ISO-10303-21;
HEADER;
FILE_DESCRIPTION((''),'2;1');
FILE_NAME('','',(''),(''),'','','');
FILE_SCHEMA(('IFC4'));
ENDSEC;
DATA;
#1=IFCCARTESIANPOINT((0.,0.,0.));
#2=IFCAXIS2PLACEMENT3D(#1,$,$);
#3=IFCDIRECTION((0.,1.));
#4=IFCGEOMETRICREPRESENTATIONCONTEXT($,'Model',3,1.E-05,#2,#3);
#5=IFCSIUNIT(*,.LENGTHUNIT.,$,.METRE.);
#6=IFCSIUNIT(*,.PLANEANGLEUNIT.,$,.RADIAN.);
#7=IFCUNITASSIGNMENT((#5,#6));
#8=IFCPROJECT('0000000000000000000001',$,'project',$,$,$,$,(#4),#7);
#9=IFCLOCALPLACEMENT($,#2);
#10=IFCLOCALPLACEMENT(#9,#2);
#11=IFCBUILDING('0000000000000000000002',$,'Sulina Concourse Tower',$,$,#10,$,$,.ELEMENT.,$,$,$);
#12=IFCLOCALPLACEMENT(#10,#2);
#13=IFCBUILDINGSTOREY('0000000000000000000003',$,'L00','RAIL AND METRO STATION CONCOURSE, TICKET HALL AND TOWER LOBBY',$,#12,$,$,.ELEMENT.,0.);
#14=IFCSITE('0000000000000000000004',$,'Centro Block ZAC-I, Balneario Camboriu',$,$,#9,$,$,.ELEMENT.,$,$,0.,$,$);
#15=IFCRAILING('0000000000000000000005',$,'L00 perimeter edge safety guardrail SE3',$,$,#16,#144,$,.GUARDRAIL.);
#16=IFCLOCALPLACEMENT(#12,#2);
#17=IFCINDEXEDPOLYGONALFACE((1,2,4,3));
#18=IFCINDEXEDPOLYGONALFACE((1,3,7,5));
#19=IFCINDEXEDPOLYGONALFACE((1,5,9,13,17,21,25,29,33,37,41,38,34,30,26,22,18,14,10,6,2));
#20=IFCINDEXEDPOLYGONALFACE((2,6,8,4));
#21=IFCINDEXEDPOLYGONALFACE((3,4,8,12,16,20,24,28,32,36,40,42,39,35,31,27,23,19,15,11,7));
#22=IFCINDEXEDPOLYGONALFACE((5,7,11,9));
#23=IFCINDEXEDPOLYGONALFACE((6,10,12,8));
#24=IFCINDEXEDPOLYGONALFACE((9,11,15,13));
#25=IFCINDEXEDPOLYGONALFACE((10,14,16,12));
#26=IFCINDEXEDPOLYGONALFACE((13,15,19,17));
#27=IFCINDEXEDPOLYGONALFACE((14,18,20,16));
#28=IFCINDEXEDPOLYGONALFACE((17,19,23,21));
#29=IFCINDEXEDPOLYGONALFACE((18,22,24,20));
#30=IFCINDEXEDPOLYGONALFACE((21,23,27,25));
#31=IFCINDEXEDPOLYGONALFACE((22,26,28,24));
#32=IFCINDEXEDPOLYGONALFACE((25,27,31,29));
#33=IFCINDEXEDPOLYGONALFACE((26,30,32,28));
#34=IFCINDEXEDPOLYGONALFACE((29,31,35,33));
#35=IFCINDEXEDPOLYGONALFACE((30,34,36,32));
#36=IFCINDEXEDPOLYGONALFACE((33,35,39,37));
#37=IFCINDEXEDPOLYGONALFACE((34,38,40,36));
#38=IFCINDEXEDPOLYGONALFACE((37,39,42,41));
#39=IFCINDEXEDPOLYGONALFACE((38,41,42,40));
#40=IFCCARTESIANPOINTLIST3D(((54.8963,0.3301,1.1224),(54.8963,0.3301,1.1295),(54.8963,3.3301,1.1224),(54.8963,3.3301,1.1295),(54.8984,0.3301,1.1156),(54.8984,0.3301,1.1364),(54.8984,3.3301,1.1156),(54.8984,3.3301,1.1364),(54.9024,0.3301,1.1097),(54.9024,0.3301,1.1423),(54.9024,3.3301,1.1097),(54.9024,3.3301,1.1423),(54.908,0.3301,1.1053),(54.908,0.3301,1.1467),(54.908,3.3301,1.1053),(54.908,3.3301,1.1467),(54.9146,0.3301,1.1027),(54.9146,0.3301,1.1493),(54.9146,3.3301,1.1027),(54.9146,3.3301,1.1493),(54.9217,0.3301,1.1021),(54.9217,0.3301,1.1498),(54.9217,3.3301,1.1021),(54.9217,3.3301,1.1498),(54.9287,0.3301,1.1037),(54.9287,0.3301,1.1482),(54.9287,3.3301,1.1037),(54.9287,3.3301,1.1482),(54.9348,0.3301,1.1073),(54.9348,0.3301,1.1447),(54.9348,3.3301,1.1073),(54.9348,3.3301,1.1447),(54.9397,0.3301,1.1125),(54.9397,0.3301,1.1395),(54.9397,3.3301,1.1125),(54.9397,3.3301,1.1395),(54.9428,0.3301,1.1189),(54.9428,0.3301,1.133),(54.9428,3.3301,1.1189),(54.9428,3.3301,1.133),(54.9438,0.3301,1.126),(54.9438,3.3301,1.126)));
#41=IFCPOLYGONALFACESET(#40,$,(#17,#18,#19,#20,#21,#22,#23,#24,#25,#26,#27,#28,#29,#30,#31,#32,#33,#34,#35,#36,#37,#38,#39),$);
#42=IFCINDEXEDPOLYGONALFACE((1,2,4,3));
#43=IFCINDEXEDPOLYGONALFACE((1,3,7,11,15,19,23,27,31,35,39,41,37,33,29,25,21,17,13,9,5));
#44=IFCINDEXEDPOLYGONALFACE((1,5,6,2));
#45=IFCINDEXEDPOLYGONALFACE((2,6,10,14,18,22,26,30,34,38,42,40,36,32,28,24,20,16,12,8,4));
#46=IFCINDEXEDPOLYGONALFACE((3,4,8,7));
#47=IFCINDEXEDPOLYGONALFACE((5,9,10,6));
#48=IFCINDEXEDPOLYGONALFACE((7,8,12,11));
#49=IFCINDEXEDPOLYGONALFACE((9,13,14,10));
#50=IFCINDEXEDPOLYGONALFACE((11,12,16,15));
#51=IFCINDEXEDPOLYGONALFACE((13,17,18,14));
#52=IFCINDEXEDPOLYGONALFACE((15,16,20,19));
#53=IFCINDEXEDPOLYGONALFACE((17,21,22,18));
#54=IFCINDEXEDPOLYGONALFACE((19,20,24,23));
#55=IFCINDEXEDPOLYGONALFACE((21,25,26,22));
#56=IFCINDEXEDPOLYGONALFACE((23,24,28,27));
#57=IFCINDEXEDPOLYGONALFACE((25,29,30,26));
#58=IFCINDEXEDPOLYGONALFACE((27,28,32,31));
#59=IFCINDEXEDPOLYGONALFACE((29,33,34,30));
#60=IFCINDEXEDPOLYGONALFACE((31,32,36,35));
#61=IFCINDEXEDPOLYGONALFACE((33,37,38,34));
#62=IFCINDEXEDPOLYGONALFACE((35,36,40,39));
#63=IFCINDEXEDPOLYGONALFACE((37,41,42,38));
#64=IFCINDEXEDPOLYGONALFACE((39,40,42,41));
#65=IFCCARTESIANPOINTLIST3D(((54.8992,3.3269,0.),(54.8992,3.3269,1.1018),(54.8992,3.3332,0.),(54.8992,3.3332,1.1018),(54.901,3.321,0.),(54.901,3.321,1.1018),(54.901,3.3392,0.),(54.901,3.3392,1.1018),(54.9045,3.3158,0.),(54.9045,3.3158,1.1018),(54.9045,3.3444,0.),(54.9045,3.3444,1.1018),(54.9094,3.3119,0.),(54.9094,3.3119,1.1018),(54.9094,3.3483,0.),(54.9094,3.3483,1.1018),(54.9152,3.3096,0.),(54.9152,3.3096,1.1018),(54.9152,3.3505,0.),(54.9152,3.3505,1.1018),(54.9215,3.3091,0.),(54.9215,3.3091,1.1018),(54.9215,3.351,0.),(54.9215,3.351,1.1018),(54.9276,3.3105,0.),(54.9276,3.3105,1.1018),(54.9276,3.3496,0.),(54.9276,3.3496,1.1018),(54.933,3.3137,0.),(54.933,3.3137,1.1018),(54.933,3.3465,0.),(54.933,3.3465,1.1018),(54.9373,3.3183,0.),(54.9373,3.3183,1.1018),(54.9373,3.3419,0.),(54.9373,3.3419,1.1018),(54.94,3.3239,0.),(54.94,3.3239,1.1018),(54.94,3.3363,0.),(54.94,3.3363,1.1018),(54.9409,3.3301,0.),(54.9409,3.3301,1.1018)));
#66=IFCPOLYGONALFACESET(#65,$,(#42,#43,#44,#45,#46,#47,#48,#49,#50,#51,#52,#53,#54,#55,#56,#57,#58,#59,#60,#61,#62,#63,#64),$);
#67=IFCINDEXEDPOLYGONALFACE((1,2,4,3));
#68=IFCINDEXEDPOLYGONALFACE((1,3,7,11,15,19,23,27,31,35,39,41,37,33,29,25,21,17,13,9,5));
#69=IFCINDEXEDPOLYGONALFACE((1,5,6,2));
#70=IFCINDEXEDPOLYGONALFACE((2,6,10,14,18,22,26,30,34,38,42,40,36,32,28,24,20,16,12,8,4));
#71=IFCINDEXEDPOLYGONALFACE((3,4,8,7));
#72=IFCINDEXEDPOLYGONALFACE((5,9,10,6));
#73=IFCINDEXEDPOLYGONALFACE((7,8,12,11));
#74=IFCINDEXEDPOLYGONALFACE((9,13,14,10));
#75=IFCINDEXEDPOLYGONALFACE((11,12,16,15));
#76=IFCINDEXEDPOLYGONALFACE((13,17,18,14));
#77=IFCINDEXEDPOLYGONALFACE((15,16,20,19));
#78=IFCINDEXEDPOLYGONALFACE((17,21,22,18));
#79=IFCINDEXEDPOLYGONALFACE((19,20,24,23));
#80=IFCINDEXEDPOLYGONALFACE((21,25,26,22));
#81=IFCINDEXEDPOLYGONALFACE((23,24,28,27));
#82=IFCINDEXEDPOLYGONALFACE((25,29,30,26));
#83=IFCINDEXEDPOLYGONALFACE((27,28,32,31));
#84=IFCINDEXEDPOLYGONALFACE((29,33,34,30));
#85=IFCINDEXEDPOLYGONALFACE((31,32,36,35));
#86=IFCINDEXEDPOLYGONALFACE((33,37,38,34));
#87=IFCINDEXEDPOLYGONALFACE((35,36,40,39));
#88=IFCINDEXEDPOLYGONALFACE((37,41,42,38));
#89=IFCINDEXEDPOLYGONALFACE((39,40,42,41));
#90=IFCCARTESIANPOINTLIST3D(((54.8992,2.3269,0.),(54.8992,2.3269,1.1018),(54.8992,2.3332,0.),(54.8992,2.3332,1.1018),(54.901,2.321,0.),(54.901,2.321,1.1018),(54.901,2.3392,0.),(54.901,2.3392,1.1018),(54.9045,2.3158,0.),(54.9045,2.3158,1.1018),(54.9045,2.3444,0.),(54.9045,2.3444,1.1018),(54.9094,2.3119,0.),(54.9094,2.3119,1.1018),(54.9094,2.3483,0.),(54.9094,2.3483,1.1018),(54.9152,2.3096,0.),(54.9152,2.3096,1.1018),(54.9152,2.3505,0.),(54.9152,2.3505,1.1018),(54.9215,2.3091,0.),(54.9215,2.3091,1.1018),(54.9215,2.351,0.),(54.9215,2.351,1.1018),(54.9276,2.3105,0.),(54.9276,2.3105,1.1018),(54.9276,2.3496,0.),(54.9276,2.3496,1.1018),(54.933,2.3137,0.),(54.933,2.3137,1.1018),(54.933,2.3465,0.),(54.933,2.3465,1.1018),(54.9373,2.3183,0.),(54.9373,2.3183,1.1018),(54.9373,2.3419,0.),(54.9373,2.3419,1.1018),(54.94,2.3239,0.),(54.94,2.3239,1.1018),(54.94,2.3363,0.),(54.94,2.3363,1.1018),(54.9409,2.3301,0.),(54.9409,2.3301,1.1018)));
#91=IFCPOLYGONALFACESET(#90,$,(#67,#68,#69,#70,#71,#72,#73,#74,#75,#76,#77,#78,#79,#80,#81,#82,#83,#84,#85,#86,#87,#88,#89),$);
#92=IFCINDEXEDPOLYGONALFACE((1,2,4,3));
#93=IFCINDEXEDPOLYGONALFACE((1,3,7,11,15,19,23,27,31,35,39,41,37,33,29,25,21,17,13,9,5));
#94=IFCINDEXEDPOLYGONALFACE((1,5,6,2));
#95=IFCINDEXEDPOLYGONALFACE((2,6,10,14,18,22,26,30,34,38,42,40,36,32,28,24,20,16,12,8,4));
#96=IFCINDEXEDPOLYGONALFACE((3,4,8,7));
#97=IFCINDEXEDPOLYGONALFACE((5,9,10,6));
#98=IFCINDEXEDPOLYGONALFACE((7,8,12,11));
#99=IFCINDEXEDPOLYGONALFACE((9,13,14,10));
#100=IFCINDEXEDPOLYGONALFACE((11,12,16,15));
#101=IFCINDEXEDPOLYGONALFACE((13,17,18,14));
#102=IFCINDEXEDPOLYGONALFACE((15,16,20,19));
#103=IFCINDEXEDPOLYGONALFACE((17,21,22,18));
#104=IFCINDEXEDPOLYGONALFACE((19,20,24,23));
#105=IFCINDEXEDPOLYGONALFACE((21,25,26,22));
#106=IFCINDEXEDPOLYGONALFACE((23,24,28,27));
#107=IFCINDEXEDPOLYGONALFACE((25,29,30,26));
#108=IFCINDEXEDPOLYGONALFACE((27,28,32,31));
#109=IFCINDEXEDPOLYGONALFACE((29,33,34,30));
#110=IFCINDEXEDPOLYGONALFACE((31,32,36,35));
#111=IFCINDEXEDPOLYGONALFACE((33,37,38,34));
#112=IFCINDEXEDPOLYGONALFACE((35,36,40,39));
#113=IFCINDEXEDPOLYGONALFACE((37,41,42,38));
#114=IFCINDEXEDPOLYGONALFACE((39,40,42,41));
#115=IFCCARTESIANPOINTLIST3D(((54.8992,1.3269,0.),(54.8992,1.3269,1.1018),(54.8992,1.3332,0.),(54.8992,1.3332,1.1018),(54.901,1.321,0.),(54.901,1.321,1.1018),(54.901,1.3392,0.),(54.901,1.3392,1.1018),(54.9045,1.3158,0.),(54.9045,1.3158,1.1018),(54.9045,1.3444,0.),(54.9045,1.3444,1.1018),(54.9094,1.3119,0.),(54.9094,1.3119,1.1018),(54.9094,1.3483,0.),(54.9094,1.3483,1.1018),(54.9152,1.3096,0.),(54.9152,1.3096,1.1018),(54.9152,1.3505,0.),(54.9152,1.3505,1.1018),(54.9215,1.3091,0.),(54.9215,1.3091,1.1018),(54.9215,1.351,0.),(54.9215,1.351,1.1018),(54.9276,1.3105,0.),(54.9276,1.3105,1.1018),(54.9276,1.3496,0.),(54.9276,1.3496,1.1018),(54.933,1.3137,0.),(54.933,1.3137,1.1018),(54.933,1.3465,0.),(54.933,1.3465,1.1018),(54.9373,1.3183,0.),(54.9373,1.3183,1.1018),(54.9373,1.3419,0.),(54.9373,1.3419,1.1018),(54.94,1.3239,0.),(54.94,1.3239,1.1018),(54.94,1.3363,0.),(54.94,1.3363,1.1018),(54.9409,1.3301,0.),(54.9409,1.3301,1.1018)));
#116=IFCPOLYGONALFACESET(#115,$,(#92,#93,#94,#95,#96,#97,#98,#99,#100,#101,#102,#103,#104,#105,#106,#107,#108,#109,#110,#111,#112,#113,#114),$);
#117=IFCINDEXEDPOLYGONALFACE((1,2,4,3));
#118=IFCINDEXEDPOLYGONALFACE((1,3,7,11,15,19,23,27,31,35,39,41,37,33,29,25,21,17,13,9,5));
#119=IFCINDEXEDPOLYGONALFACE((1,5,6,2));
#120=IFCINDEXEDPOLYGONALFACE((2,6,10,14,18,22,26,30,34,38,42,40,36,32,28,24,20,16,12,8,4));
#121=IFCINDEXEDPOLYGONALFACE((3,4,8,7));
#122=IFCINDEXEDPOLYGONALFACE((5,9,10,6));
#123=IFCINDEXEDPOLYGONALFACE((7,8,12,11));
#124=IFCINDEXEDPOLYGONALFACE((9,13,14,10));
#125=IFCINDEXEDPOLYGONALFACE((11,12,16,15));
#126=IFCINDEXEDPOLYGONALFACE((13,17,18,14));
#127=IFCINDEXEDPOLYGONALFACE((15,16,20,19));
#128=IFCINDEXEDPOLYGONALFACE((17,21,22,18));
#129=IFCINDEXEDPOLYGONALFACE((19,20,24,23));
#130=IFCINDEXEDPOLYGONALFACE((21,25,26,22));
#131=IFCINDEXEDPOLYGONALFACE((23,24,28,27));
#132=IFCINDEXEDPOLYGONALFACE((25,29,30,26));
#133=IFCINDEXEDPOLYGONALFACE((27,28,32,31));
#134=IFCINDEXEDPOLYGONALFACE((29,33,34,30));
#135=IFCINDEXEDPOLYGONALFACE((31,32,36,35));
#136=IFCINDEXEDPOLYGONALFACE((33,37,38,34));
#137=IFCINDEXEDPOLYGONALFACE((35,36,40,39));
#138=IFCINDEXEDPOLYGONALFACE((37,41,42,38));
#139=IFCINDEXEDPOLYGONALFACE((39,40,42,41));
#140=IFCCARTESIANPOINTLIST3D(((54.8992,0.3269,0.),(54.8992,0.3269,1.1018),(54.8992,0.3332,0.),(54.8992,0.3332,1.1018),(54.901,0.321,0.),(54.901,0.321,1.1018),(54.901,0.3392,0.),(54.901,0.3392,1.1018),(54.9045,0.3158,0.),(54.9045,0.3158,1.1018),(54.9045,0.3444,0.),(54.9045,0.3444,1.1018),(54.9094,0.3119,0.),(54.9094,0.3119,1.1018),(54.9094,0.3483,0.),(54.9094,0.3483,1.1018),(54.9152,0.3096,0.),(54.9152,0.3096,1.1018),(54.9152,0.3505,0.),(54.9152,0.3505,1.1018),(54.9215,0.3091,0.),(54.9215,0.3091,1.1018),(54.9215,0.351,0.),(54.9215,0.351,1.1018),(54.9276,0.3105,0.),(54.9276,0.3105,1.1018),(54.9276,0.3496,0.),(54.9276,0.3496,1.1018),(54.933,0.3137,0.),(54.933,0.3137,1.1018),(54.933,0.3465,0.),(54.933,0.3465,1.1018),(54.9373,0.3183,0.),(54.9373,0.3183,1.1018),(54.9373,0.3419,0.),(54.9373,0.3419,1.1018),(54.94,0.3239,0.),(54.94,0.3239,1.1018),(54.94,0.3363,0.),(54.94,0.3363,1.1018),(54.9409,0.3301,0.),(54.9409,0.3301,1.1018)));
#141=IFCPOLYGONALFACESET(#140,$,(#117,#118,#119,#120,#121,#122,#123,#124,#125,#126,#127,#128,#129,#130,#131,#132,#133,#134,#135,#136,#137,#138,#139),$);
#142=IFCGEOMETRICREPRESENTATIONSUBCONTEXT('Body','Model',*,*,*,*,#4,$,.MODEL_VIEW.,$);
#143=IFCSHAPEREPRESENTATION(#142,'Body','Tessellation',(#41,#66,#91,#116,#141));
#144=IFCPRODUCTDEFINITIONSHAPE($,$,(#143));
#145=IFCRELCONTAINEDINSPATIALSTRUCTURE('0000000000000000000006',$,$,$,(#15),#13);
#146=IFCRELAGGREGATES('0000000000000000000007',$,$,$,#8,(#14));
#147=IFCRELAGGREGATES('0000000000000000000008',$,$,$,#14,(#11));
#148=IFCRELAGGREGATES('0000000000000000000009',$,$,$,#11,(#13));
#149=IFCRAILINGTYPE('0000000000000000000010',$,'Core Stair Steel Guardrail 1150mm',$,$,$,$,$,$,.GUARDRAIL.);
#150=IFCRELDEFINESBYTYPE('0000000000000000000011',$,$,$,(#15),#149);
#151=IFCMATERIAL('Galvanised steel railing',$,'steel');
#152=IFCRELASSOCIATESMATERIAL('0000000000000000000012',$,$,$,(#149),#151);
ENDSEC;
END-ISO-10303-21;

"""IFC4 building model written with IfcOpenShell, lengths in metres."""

from ifc_helpers import new_model, si_unit, direction, frame, origin, origin_2d, place, context, subcontext, project, spatial, circle, extrude, material, type_object, element, save


model = new_model("IFC4")

# Units and contexts
model_context = context("Model", 3, precision=1e-05, world=origin(), true_north=direction((0.0, 1.0)))
body_context = subcontext(model_context, "Body", "Model", "MODEL_VIEW")
ifc_project = project(units=[si_unit("LENGTHUNIT", "METRE"), si_unit("PLANEANGLEUNIT", "RADIAN")], contexts=[model_context])

# Site, building, storey
site_placement = place(None, origin())
site = spatial("IfcSite", under=ifc_project, at=site_placement, Name="Centro Block ZAC-I, Balneario Camboriu", CompositionType="ELEMENT", RefElevation=0.0)
building_placement = place(site_placement, origin())
building = spatial("IfcBuilding", under=site, at=building_placement, Name="Sulina Concourse Tower", CompositionType="ELEMENT")
storey_placement = place(building_placement, origin())
storey = spatial("IfcBuildingStorey", under=building, at=storey_placement, Name="L00", Description="RAIL AND METRO STATION CONCOURSE, TICKET HALL AND TOWER LOBBY", CompositionType="ELEMENT", Elevation=0.0)

# Railing
ifc_material_1 = material(Name="Galvanised steel railing", Category="steel")
railing_type = type_object("IfcRailingType", Name="Core Stair Steel Guardrail 1150mm", PredefinedType="GUARDRAIL", material=ifc_material_1)
railing_1_placement = place(storey_placement, frame((54.9199, 3.3301, 0.0)))
element("IfcRailing", 1, at=railing_1_placement, inside=storey, type_object=railing_type, Name="L00 perimeter edge safety guardrail SE3", PredefinedType="GUARDRAIL", context=body_context, shape_type="SweptSolid", body=[
    extrude(circle(Radius=0.0239, at=origin_2d()), frame((0.0, 0.0, 1.126), z_axis=(0.0, -1.0, 0.0), x_axis=(1.0, 0.0, 0.0)), (0.0, 0.0, 1.0), 3.0),
    extrude(circle(Radius=0.021, at=origin_2d()), origin(), (0.0, 0.0, 1.0), 1.1018),
    extrude(circle(Radius=0.021, at=origin_2d()), frame((0.0, -1.0, 0.0)), (0.0, 0.0, 1.0), 1.1018),
    extrude(circle(Radius=0.021, at=origin_2d()), frame((0.0, -2.0, 0.0)), (0.0, 0.0, 1.0), 1.1018),
    extrude(circle(Radius=0.021, at=origin_2d()), frame((0.0, -3.0, 0.0)), (0.0, 0.0, 1.0), 1.1018),
])

save(model, "model.ifc")
